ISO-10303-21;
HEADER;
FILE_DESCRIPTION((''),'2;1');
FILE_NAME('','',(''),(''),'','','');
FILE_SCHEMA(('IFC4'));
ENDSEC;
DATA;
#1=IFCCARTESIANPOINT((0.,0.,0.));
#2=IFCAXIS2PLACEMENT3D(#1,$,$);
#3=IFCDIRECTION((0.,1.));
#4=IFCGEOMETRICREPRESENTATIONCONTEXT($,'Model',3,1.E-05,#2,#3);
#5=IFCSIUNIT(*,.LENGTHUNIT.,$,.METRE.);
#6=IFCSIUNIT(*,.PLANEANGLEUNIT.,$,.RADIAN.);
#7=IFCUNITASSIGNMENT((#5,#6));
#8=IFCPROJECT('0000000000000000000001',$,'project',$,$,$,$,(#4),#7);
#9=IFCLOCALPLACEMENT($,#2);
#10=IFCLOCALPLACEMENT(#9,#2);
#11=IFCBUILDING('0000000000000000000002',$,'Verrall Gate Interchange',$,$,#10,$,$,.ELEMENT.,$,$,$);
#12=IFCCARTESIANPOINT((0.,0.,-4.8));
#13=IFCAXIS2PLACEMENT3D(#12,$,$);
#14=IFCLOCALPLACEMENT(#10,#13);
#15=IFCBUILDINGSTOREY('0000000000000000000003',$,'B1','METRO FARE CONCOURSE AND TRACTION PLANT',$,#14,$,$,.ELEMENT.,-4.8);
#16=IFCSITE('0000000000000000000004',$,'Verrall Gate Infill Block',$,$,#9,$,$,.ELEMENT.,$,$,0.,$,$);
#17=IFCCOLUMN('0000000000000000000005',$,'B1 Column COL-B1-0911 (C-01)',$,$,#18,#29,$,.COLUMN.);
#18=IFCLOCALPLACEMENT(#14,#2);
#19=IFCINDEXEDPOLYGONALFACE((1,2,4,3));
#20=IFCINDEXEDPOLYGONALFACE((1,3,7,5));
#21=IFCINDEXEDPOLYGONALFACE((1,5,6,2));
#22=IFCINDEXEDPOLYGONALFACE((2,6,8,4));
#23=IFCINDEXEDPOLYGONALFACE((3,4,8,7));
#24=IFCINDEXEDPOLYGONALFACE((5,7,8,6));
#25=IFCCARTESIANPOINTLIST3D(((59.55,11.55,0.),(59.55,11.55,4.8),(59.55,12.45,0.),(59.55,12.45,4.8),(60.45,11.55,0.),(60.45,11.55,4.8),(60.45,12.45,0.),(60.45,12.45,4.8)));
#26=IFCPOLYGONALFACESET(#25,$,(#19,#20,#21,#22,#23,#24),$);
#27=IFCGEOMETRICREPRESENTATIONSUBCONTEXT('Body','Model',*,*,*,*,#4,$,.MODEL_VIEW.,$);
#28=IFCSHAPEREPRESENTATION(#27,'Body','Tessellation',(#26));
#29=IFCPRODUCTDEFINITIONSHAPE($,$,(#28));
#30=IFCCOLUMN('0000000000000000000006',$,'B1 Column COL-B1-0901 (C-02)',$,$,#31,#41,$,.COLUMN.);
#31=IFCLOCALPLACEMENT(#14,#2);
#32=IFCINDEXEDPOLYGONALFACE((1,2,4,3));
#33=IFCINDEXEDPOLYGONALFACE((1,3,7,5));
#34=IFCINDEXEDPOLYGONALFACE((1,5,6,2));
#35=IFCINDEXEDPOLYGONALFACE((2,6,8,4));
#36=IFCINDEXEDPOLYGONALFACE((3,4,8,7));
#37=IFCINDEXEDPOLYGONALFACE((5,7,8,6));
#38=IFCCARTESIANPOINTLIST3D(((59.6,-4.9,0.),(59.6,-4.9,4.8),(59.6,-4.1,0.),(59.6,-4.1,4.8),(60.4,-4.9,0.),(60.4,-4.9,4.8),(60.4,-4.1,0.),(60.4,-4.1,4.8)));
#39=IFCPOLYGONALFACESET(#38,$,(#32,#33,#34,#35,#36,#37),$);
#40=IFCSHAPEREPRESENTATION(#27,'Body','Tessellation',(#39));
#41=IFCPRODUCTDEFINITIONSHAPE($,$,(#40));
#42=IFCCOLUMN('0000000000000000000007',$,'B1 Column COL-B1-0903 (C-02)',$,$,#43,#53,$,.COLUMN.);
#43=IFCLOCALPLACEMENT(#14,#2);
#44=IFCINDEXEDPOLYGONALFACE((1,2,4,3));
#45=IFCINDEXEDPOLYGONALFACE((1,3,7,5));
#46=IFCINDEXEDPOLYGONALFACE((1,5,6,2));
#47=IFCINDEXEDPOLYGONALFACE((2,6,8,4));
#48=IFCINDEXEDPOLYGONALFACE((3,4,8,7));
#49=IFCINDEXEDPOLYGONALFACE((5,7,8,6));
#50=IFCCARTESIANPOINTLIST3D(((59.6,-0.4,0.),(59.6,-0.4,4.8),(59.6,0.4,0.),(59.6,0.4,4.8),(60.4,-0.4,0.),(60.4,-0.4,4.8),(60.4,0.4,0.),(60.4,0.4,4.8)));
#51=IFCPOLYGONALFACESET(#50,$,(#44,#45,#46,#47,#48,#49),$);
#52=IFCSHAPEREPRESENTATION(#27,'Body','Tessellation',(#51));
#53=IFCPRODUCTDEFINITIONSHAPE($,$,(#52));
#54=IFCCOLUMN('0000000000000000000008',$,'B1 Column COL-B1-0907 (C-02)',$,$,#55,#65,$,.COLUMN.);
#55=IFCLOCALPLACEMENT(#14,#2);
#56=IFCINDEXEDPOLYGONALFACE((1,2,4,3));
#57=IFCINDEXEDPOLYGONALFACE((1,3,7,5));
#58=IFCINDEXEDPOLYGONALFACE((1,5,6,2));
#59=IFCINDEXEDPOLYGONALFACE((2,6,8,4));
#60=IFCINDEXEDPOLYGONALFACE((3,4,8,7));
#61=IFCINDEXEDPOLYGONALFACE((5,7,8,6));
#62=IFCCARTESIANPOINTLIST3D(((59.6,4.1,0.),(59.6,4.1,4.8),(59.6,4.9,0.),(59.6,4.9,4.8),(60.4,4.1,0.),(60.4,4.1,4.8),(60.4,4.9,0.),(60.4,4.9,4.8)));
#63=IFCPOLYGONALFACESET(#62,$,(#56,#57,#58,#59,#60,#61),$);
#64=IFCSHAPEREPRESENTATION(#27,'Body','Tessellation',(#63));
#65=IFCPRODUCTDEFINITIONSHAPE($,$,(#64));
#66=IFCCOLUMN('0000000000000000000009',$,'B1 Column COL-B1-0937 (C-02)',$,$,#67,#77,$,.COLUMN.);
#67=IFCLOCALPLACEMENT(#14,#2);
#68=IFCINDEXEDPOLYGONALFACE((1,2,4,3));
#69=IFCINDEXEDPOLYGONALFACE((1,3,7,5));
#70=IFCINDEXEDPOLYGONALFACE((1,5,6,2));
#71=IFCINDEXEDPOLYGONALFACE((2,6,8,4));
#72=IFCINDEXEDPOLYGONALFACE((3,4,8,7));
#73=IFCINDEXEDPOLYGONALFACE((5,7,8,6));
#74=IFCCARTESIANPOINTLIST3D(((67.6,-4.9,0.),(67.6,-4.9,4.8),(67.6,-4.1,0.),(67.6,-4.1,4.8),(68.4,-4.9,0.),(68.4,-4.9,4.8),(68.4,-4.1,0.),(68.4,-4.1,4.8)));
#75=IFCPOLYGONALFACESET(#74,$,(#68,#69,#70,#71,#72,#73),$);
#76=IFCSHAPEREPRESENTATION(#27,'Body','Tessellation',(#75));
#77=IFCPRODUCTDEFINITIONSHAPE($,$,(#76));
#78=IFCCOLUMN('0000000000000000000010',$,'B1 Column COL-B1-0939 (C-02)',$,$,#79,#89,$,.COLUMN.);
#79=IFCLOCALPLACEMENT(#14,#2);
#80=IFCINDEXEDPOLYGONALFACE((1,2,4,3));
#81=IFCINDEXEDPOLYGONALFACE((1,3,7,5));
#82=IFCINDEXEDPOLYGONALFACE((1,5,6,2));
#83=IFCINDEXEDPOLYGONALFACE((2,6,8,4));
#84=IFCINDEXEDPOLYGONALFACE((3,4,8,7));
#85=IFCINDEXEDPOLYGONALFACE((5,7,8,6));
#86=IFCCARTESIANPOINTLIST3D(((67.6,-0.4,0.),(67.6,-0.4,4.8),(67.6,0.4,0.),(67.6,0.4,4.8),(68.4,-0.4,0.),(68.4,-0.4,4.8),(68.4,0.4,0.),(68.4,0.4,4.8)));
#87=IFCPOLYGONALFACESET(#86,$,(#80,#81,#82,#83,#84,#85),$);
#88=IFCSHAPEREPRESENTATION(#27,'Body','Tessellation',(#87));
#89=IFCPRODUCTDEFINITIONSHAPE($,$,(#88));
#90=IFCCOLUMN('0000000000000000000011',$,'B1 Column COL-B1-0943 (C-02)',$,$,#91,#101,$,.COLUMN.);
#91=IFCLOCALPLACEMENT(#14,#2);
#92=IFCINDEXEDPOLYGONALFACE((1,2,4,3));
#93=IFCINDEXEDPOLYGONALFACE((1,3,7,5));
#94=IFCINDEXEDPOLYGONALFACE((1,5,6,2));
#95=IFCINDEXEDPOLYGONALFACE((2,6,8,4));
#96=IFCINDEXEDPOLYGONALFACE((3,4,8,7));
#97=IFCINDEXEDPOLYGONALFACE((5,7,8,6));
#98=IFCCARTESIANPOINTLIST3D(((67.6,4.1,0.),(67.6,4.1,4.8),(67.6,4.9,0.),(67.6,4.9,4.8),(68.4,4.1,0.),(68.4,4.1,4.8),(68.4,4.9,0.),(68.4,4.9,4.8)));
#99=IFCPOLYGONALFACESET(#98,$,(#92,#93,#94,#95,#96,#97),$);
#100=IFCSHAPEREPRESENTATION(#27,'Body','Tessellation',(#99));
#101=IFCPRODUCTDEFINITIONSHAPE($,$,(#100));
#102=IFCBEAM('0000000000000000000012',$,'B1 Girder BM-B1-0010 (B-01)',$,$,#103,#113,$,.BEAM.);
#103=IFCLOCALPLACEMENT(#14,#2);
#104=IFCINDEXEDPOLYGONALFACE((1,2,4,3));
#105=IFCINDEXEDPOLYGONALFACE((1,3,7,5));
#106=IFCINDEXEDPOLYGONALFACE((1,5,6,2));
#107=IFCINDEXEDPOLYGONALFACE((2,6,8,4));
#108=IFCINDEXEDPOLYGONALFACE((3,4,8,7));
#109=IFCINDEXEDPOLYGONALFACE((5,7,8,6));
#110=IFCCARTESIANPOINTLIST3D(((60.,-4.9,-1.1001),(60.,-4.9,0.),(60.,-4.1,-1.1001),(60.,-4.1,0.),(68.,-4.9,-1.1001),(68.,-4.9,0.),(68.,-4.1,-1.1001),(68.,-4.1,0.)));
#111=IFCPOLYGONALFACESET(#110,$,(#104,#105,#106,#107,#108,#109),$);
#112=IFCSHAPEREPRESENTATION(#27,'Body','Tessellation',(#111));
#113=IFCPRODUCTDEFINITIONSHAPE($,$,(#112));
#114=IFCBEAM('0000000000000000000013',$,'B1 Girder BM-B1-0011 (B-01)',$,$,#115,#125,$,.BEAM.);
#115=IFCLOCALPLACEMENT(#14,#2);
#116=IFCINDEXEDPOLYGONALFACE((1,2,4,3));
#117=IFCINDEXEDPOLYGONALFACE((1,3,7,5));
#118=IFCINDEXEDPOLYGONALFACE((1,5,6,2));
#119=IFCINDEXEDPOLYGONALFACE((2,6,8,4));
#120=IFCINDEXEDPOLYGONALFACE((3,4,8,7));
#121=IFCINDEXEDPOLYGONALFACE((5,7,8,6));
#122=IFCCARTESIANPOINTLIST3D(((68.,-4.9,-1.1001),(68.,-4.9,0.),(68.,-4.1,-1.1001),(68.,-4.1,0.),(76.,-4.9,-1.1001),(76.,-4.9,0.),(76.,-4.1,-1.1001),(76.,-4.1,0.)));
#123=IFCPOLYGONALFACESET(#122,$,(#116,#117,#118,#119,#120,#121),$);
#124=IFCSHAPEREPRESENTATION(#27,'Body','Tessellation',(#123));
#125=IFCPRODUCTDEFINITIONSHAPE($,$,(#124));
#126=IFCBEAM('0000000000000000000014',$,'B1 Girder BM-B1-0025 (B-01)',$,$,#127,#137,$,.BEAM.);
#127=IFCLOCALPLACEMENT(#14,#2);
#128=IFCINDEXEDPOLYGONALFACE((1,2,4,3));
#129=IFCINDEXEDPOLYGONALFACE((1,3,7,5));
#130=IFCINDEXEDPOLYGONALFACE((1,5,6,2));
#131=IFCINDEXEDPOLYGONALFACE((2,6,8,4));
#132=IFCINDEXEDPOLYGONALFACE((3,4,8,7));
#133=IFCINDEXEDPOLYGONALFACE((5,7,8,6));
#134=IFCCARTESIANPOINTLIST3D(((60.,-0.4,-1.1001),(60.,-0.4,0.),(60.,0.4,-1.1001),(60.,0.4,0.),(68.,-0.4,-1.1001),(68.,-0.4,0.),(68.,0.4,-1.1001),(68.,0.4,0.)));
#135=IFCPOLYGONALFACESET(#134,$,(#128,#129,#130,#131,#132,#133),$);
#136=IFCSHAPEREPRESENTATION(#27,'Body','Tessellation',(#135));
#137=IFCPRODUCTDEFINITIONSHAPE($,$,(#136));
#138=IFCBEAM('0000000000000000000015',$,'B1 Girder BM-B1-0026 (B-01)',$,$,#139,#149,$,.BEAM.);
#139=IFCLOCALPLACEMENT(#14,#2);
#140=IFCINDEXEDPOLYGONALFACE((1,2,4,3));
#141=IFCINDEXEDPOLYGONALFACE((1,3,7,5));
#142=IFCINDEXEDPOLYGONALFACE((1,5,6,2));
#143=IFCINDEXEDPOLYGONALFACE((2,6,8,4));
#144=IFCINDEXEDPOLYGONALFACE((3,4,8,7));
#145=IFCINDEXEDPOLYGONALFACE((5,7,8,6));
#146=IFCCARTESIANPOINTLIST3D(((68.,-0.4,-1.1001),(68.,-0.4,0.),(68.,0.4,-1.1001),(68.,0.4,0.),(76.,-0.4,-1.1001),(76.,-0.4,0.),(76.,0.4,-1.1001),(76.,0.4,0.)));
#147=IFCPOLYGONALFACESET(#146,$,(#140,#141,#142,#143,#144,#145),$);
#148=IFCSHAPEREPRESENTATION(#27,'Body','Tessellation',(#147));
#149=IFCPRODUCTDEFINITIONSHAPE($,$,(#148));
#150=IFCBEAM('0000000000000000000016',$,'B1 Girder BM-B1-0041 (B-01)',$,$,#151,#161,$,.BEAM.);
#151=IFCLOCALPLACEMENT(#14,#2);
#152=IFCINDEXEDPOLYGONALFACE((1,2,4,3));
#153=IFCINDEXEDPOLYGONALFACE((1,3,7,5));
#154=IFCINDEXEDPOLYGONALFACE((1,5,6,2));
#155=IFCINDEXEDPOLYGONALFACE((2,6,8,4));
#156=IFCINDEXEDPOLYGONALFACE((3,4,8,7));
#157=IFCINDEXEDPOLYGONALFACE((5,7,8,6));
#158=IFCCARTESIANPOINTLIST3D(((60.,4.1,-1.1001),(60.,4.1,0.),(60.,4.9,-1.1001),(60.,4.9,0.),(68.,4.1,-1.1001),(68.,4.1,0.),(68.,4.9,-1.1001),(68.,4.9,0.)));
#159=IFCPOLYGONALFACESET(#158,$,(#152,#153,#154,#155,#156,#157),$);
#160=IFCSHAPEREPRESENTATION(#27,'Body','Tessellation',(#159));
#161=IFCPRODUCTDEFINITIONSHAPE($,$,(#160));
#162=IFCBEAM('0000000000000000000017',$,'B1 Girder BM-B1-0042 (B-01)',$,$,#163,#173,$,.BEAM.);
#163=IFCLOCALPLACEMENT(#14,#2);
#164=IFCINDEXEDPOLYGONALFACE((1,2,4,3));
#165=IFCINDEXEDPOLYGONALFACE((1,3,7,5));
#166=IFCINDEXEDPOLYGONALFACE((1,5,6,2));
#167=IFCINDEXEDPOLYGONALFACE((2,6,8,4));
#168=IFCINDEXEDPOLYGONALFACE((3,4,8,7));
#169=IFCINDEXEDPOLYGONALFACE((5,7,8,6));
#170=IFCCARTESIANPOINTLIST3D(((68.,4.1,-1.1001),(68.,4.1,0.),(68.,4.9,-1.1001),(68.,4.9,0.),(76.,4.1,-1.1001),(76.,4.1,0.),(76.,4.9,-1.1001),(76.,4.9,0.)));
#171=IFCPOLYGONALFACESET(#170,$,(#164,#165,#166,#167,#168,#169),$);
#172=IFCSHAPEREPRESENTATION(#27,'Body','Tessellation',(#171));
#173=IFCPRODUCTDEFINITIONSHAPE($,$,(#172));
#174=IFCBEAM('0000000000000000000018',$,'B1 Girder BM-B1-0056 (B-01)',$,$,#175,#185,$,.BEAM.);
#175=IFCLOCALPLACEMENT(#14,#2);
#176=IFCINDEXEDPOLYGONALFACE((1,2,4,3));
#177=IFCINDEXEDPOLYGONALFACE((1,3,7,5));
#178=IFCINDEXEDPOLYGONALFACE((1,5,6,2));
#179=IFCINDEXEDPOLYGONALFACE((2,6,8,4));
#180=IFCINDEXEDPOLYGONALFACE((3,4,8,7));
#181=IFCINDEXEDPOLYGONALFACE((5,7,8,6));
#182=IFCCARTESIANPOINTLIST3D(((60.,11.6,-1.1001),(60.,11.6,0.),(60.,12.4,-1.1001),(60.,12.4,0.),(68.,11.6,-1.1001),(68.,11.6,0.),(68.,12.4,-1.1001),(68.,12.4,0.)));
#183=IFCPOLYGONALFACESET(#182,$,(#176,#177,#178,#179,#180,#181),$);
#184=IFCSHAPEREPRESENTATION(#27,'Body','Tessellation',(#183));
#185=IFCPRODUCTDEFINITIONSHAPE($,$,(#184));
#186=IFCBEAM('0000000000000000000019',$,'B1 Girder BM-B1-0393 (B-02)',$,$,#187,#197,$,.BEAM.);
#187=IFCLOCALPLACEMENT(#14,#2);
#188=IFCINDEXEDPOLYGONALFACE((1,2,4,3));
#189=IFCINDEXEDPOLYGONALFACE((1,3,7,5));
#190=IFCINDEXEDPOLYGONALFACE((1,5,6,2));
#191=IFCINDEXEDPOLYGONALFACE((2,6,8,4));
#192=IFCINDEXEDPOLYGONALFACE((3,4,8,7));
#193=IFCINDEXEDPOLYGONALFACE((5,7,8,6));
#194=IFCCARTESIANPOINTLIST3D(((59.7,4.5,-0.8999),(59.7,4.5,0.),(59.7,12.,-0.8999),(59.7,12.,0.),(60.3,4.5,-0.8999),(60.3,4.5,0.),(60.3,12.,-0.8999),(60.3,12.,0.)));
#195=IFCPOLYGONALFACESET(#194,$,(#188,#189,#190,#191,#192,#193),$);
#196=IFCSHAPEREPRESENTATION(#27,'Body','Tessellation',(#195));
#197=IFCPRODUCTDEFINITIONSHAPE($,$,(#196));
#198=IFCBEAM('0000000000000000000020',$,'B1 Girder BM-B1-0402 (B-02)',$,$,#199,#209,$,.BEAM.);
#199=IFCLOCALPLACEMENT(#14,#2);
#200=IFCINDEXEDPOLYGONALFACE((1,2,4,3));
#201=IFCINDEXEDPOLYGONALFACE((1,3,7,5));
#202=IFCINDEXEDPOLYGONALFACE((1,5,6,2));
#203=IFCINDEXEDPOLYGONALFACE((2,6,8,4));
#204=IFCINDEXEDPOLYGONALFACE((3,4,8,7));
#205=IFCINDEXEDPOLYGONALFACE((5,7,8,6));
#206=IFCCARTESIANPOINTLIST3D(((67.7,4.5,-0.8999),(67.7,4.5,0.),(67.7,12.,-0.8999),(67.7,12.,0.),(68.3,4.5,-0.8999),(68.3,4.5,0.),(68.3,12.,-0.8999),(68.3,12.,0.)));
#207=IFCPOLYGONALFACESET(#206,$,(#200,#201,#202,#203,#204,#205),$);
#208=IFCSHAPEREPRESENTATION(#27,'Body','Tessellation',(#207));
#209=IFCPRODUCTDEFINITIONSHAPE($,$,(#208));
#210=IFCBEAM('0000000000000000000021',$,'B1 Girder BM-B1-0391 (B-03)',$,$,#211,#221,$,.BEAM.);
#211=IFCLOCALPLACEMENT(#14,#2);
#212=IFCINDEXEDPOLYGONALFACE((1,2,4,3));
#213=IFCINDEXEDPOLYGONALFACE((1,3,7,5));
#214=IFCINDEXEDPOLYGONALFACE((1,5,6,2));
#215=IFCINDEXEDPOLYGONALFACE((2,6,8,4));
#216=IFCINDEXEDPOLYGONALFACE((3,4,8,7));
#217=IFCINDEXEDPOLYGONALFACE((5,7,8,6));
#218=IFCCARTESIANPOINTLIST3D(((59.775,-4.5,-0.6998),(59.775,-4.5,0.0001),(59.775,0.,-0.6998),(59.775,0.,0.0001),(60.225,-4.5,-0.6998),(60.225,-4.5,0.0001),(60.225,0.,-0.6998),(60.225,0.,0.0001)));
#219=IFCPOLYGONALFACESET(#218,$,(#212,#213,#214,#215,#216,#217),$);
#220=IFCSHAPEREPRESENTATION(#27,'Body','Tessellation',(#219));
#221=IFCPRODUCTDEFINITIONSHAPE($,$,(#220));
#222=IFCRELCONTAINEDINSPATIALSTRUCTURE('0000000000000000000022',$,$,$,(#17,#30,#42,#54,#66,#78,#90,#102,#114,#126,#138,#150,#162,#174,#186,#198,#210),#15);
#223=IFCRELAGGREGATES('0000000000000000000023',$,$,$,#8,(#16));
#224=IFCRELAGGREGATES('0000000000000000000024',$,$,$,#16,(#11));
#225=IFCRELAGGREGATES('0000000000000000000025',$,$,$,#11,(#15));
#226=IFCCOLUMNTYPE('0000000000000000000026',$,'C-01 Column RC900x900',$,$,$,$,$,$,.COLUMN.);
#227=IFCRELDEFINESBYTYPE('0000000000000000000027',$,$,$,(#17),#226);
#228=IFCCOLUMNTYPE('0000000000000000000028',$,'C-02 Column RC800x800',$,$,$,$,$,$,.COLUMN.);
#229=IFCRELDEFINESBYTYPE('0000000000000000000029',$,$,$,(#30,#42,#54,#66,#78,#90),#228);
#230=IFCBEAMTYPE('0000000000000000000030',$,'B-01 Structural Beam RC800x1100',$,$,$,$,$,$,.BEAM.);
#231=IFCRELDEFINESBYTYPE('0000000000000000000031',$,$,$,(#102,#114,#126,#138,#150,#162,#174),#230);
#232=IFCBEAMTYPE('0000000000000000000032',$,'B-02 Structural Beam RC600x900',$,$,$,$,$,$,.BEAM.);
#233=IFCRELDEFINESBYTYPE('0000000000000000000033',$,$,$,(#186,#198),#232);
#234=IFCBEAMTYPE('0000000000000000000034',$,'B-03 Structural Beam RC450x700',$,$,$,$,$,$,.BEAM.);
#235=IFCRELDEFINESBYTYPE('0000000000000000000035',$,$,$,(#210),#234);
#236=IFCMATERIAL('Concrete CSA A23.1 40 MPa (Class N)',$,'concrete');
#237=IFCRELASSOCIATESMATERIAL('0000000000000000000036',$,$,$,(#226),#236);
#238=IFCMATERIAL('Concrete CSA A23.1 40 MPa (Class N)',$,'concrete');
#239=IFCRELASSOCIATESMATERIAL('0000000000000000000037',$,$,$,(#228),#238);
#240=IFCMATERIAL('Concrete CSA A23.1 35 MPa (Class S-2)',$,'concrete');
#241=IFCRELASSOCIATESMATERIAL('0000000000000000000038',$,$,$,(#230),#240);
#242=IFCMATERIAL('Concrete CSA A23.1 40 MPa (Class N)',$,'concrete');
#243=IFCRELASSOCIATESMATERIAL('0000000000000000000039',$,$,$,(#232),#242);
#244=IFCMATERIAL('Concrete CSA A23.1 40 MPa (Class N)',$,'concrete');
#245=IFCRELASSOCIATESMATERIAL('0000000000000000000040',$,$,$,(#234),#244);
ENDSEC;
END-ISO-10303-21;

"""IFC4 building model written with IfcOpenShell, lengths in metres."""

from ifc_helpers import new_model, si_unit, direction, frame, origin, origin_2d, place, context, subcontext, project, spatial, rectangle, extrude, material, material_profile, profile_set, type_object, element, save


model = new_model("IFC4")

# Units and contexts
model_context = context("Model", 3, precision=1e-05, world=origin(), true_north=direction((0.0, 1.0)))
body_context = subcontext(model_context, "Body", "Model", "MODEL_VIEW")
ifc_project = project(units=[si_unit("LENGTHUNIT", "METRE"), si_unit("PLANEANGLEUNIT", "RADIAN")], contexts=[model_context])

# Site, building, storey
site_placement = place(None, origin())
site = spatial("IfcSite", under=ifc_project, at=site_placement, Name="Verrall Gate Infill Block", CompositionType="ELEMENT", RefElevation=0.0)
building_placement = place(site_placement, origin())
building = spatial("IfcBuilding", under=site, at=building_placement, Name="Verrall Gate Interchange", CompositionType="ELEMENT")
storey_placement = place(building_placement, frame((0.0, 0.0, -4.8)))
storey = spatial("IfcBuildingStorey", under=building, at=storey_placement, Name="B1", Description="METRO FARE CONCOURSE AND TRACTION PLANT", CompositionType="ELEMENT", Elevation=-4.8)

# Columns
ifc_material_1 = material(Name="Concrete CSA A23.1 40 MPa (Class N)", Category="concrete")
ifc_material_profile_1 = material_profile(ifc_material_1, rectangle(XDim=0.8999, YDim=0.8999, at=origin_2d()), Name="RC900x900")
ifc_profile_set_1 = profile_set([ifc_material_profile_1], Name="Concrete CSA A23.1 40 MPa (Class N)")
column_type_1 = type_object("IfcColumnType", Name="C-01 Column RC900x900", PredefinedType="COLUMN", material=ifc_profile_set_1)
column_placement = place(storey_placement, frame((60.0, 12.0, 0.0), z_axis=(0.0, 0.0, 1.0), x_axis=(1.0, 0.0, 0.0)))
element("IfcColumn", 1, at=column_placement, inside=storey, type_object=column_type_1, Name="B1 Column COL-B1-0911 (C-01)", PredefinedType="COLUMN", context=body_context, shape_type="SweptSolid", body=[
    extrude(rectangle(XDim=0.8999, YDim=0.8999, at=origin_2d()), origin(), (0.0, 0.0, 1.0), 4.8),
])
ifc_material_2 = material(Name="Concrete CSA A23.1 40 MPa (Class N)", Category="concrete")
ifc_material_profile_2 = material_profile(ifc_material_2, rectangle(XDim=0.8, YDim=0.8, at=origin_2d()), Name="RC800x800")
ifc_profile_set_2 = profile_set([ifc_material_profile_2], Name="Concrete CSA A23.1 40 MPa (Class N)")
column_type_2 = type_object("IfcColumnType", Name="C-02 Column RC800x800", PredefinedType="COLUMN", material=ifc_profile_set_2)
for number, where, z_axis, x_axis, name in (
    (2, (60.0, -4.5, 0.0), (0.0, 0.0, 1.0), (1.0, 0.0, 0.0), "B1 Column COL-B1-0901 (C-02)"),
    (3, (60.0, 0.0, 0.0), (0.0, 0.0, 1.0), (1.0, 0.0, 0.0), "B1 Column COL-B1-0903 (C-02)"),
    (4, (60.0, 4.5, 0.0), (0.0, 0.0, 1.0), (1.0, 0.0, 0.0), "B1 Column COL-B1-0907 (C-02)"),
    (5, (68.0, -4.5, 0.0), (0.0, 0.0, 1.0), (1.0, 0.0, 0.0), "B1 Column COL-B1-0937 (C-02)"),
    (6, (68.0, 0.0, 0.0), (0.0, 0.0, 1.0), (1.0, 0.0, 0.0), "B1 Column COL-B1-0939 (C-02)"),
    (7, (68.0, 4.5, 0.0), (0.0, 0.0, 1.0), (1.0, 0.0, 0.0), "B1 Column COL-B1-0943 (C-02)"),
):
    element("IfcColumn", number, at=place(storey_placement, frame(where, z_axis=z_axis, x_axis=x_axis)), inside=storey, type_object=column_type_2, Name=name, PredefinedType="COLUMN", context=body_context, shape_type="SweptSolid", body=[
        extrude(rectangle(XDim=0.8, YDim=0.8, at=origin_2d()), origin(), (0.0, 0.0, 1.0), 4.8),
    ])

# Beams
ifc_material_3 = material(Name="Concrete CSA A23.1 35 MPa (Class S-2)", Category="concrete")
ifc_material_profile_3 = material_profile(ifc_material_3, rectangle(XDim=0.8, YDim=1.1001, at=origin_2d()), Name="RC800x1100")
ifc_profile_set_3 = profile_set([ifc_material_profile_3], Name="Concrete CSA A23.1 35 MPa (Class S-2)")
beam_type_1 = type_object("IfcBeamType", Name="B-01 Structural Beam RC800x1100", PredefinedType="BEAM", material=ifc_profile_set_3)
for number, where, z_axis, x_axis, name in (
    (8, (60.0, -4.5, -0.55), (1.0, 0.0, 0.0), (0.0, 1.0, 0.0), "B1 Girder BM-B1-0010 (B-01)"),
    (9, (68.0, -4.5, -0.55), (1.0, 0.0, 0.0), (0.0, 1.0, 0.0), "B1 Girder BM-B1-0011 (B-01)"),
    (10, (60.0, 0.0, -0.55), (1.0, 0.0, 0.0), (0.0, 1.0, 0.0), "B1 Girder BM-B1-0025 (B-01)"),
    (11, (68.0, 0.0, -0.55), (1.0, 0.0, 0.0), (0.0, 1.0, 0.0), "B1 Girder BM-B1-0026 (B-01)"),
    (12, (60.0, 4.5, -0.55), (1.0, 0.0, 0.0), (0.0, 1.0, 0.0), "B1 Girder BM-B1-0041 (B-01)"),
    (13, (68.0, 4.5, -0.55), (1.0, 0.0, 0.0), (0.0, 1.0, 0.0), "B1 Girder BM-B1-0042 (B-01)"),
    (14, (60.0, 12.0, -0.55), (1.0, 0.0, 0.0), (0.0, 1.0, 0.0), "B1 Girder BM-B1-0056 (B-01)"),
):
    element("IfcBeam", number, at=place(storey_placement, frame(where, z_axis=z_axis, x_axis=x_axis)), inside=storey, type_object=beam_type_1, Name=name, PredefinedType="BEAM", context=body_context, shape_type="SweptSolid", body=[
        extrude(rectangle(XDim=0.8, YDim=1.1001, at=origin_2d()), origin(), (0.0, 0.0, 1.0), 8.0),
    ])
ifc_material_4 = material(Name="Concrete CSA A23.1 40 MPa (Class N)", Category="concrete")
ifc_material_profile_4 = material_profile(ifc_material_4, rectangle(XDim=0.6001, YDim=0.8999, at=origin_2d()), Name="RC600x900")
ifc_profile_set_4 = profile_set([ifc_material_profile_4], Name="Concrete CSA A23.1 40 MPa (Class N)")
beam_type_2 = type_object("IfcBeamType", Name="B-02 Structural Beam RC600x900", PredefinedType="BEAM", material=ifc_profile_set_4)
for number, where, z_axis, x_axis, name in (
    (15, (60.0, 4.5, -0.45), (0.0, 1.0, 0.0), (-1.0, 0.0, 0.0), "B1 Girder BM-B1-0393 (B-02)"),
    (16, (68.0, 4.5, -0.45), (0.0, 1.0, 0.0), (-1.0, 0.0, 0.0), "B1 Girder BM-B1-0402 (B-02)"),
):
    element("IfcBeam", number, at=place(storey_placement, frame(where, z_axis=z_axis, x_axis=x_axis)), inside=storey, type_object=beam_type_2, Name=name, PredefinedType="BEAM", context=body_context, shape_type="SweptSolid", body=[
        extrude(rectangle(XDim=0.6001, YDim=0.8999, at=origin_2d()), origin(), (0.0, 0.0, 1.0), 7.5),
    ])
ifc_material_5 = material(Name="Concrete CSA A23.1 40 MPa (Class N)", Category="concrete")
ifc_material_profile_5 = material_profile(ifc_material_5, rectangle(XDim=0.45, YDim=0.7, at=origin_2d()), Name="RC450x700")
ifc_profile_set_5 = profile_set([ifc_material_profile_5], Name="Concrete CSA A23.1 40 MPa (Class N)")
beam_type_3 = type_object("IfcBeamType", Name="B-03 Structural Beam RC450x700", PredefinedType="BEAM", material=ifc_profile_set_5)
for number, where, z_axis, x_axis, name in (
    (17, (60.0, -4.5, -0.3499), (0.0, 1.0, 0.0), (-1.0, 0.0, 0.0), "B1 Girder BM-B1-0391 (B-03)"),
):
    element("IfcBeam", number, at=place(storey_placement, frame(where, z_axis=z_axis, x_axis=x_axis)), inside=storey, type_object=beam_type_3, Name=name, PredefinedType="BEAM", context=body_context, shape_type="SweptSolid", body=[
        extrude(rectangle(XDim=0.45, YDim=0.7, at=origin_2d()), origin(), (0.0, 0.0, 1.0), 4.5),
    ])

save(model, "model.ifc")
